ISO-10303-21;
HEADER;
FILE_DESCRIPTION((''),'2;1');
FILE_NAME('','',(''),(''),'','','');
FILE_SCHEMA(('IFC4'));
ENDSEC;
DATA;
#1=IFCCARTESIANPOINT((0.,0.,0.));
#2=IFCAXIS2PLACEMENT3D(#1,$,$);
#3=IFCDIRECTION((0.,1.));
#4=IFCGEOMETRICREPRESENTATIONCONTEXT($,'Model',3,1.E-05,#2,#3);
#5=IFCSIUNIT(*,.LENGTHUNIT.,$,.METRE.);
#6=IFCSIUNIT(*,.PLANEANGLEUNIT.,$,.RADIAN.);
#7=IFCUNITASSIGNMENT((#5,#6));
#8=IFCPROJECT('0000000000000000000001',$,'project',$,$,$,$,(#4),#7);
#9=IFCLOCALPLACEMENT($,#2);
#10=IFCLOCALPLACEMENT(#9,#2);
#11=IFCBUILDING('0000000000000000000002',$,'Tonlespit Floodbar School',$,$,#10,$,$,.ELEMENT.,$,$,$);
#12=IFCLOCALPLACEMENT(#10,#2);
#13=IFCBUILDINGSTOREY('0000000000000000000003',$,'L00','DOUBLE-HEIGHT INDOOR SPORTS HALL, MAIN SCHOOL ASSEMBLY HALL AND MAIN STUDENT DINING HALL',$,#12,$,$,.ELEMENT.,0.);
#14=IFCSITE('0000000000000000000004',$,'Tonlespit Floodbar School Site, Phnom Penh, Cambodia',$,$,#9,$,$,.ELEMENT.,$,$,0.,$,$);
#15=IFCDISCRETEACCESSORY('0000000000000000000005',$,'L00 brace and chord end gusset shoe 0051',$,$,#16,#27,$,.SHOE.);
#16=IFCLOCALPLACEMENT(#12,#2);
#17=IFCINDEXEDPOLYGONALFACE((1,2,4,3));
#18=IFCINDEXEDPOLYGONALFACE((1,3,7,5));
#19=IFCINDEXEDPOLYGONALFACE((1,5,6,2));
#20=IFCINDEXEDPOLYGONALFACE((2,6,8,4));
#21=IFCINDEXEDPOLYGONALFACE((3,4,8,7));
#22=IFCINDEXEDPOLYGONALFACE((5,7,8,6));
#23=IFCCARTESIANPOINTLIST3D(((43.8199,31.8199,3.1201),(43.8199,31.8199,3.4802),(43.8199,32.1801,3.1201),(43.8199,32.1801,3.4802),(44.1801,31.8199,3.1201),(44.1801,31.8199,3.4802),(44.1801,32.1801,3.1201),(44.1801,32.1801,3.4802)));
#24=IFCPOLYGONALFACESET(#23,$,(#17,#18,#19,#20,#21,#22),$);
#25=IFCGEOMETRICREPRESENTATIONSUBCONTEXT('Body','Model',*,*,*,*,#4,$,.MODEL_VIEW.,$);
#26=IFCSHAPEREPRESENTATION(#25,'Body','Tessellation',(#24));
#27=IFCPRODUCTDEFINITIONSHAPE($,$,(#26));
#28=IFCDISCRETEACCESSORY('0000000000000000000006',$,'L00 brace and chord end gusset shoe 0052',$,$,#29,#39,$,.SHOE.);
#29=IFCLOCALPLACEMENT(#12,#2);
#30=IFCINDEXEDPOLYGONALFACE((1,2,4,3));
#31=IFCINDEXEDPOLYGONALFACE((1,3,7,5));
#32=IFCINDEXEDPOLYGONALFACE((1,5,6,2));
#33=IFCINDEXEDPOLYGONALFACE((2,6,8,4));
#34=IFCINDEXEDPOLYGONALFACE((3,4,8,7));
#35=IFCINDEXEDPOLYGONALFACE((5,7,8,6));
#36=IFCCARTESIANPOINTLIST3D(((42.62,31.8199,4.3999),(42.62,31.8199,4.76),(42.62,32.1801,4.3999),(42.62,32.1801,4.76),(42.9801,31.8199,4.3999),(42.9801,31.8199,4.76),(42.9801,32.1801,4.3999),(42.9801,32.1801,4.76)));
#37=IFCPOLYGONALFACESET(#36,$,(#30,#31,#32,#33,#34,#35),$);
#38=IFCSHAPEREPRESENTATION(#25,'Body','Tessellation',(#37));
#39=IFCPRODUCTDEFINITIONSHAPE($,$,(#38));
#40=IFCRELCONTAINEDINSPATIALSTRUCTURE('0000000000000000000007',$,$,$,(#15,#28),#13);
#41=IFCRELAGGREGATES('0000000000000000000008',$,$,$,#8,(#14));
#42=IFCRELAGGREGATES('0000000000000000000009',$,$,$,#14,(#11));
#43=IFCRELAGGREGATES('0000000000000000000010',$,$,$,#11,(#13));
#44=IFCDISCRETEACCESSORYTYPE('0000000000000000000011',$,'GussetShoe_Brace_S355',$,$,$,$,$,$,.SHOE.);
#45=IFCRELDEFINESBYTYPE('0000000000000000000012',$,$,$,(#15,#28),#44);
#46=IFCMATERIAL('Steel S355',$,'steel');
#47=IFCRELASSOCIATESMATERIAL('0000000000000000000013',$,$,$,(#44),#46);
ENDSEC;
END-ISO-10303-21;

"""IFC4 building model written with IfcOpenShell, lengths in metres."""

from ifc_helpers import new_model, si_unit, direction, frame, origin, origin_2d, place, context, subcontext, project, spatial, rectangle, extrude, material, type_object, element, save


model = new_model("IFC4")

# Units and contexts
model_context = context("Model", 3, precision=1e-05, world=origin(), true_north=direction((0.0, 1.0)))
body_context = subcontext(model_context, "Body", "Model", "MODEL_VIEW")
ifc_project = project(units=[si_unit("LENGTHUNIT", "METRE"), si_unit("PLANEANGLEUNIT", "RADIAN")], contexts=[model_context])

# Site, building, storey
site_placement = place(None, origin())
site = spatial("IfcSite", under=ifc_project, at=site_placement, Name="Tonlespit Floodbar School Site, Phnom Penh, Cambodia", CompositionType="ELEMENT", RefElevation=0.0)
building_placement = place(site_placement, origin())
building = spatial("IfcBuilding", under=site, at=building_placement, Name="Tonlespit Floodbar School", CompositionType="ELEMENT")
storey_placement = place(building_placement, origin())
storey = spatial("IfcBuildingStorey", under=building, at=storey_placement, Name="L00", Description="DOUBLE-HEIGHT INDOOR SPORTS HALL, MAIN SCHOOL ASSEMBLY HALL AND MAIN STUDENT DINING HALL", CompositionType="ELEMENT", Elevation=0.0)

# Shared definitions
ifc_material_1 = material(Name="Steel S355", Category="steel")

# Discrete accessories
discrete_accessory_type = type_object("IfcDiscreteAccessoryType", Name="GussetShoe_Brace_S355", PredefinedType="SHOE", material=ifc_material_1)
for number, where, z_axis, x_axis, name in (
    (1, (44.0, 32.0, 3.1201), (0.0, 0.0, 1.0), (1.0, 0.0, 0.0), "L00 brace and chord end gusset shoe 0051"),
    (2, (42.8, 32.0, 4.3999), (0.0, 0.0, 1.0), (1.0, 0.0, 0.0), "L00 brace and chord end gusset shoe 0052"),
):
    element("IfcDiscreteAccessory", number, at=place(storey_placement, frame(where, z_axis=z_axis, x_axis=x_axis)), inside=storey, type_object=discrete_accessory_type, Name=name, PredefinedType="SHOE", context=body_context, shape_type="SweptSolid", body=[
        extrude(rectangle(XDim=0.3601, YDim=0.3601, at=origin_2d()), origin(), (0.0, 0.0, 1.0), 0.3601),
    ])

save(model, "model.ifc")
